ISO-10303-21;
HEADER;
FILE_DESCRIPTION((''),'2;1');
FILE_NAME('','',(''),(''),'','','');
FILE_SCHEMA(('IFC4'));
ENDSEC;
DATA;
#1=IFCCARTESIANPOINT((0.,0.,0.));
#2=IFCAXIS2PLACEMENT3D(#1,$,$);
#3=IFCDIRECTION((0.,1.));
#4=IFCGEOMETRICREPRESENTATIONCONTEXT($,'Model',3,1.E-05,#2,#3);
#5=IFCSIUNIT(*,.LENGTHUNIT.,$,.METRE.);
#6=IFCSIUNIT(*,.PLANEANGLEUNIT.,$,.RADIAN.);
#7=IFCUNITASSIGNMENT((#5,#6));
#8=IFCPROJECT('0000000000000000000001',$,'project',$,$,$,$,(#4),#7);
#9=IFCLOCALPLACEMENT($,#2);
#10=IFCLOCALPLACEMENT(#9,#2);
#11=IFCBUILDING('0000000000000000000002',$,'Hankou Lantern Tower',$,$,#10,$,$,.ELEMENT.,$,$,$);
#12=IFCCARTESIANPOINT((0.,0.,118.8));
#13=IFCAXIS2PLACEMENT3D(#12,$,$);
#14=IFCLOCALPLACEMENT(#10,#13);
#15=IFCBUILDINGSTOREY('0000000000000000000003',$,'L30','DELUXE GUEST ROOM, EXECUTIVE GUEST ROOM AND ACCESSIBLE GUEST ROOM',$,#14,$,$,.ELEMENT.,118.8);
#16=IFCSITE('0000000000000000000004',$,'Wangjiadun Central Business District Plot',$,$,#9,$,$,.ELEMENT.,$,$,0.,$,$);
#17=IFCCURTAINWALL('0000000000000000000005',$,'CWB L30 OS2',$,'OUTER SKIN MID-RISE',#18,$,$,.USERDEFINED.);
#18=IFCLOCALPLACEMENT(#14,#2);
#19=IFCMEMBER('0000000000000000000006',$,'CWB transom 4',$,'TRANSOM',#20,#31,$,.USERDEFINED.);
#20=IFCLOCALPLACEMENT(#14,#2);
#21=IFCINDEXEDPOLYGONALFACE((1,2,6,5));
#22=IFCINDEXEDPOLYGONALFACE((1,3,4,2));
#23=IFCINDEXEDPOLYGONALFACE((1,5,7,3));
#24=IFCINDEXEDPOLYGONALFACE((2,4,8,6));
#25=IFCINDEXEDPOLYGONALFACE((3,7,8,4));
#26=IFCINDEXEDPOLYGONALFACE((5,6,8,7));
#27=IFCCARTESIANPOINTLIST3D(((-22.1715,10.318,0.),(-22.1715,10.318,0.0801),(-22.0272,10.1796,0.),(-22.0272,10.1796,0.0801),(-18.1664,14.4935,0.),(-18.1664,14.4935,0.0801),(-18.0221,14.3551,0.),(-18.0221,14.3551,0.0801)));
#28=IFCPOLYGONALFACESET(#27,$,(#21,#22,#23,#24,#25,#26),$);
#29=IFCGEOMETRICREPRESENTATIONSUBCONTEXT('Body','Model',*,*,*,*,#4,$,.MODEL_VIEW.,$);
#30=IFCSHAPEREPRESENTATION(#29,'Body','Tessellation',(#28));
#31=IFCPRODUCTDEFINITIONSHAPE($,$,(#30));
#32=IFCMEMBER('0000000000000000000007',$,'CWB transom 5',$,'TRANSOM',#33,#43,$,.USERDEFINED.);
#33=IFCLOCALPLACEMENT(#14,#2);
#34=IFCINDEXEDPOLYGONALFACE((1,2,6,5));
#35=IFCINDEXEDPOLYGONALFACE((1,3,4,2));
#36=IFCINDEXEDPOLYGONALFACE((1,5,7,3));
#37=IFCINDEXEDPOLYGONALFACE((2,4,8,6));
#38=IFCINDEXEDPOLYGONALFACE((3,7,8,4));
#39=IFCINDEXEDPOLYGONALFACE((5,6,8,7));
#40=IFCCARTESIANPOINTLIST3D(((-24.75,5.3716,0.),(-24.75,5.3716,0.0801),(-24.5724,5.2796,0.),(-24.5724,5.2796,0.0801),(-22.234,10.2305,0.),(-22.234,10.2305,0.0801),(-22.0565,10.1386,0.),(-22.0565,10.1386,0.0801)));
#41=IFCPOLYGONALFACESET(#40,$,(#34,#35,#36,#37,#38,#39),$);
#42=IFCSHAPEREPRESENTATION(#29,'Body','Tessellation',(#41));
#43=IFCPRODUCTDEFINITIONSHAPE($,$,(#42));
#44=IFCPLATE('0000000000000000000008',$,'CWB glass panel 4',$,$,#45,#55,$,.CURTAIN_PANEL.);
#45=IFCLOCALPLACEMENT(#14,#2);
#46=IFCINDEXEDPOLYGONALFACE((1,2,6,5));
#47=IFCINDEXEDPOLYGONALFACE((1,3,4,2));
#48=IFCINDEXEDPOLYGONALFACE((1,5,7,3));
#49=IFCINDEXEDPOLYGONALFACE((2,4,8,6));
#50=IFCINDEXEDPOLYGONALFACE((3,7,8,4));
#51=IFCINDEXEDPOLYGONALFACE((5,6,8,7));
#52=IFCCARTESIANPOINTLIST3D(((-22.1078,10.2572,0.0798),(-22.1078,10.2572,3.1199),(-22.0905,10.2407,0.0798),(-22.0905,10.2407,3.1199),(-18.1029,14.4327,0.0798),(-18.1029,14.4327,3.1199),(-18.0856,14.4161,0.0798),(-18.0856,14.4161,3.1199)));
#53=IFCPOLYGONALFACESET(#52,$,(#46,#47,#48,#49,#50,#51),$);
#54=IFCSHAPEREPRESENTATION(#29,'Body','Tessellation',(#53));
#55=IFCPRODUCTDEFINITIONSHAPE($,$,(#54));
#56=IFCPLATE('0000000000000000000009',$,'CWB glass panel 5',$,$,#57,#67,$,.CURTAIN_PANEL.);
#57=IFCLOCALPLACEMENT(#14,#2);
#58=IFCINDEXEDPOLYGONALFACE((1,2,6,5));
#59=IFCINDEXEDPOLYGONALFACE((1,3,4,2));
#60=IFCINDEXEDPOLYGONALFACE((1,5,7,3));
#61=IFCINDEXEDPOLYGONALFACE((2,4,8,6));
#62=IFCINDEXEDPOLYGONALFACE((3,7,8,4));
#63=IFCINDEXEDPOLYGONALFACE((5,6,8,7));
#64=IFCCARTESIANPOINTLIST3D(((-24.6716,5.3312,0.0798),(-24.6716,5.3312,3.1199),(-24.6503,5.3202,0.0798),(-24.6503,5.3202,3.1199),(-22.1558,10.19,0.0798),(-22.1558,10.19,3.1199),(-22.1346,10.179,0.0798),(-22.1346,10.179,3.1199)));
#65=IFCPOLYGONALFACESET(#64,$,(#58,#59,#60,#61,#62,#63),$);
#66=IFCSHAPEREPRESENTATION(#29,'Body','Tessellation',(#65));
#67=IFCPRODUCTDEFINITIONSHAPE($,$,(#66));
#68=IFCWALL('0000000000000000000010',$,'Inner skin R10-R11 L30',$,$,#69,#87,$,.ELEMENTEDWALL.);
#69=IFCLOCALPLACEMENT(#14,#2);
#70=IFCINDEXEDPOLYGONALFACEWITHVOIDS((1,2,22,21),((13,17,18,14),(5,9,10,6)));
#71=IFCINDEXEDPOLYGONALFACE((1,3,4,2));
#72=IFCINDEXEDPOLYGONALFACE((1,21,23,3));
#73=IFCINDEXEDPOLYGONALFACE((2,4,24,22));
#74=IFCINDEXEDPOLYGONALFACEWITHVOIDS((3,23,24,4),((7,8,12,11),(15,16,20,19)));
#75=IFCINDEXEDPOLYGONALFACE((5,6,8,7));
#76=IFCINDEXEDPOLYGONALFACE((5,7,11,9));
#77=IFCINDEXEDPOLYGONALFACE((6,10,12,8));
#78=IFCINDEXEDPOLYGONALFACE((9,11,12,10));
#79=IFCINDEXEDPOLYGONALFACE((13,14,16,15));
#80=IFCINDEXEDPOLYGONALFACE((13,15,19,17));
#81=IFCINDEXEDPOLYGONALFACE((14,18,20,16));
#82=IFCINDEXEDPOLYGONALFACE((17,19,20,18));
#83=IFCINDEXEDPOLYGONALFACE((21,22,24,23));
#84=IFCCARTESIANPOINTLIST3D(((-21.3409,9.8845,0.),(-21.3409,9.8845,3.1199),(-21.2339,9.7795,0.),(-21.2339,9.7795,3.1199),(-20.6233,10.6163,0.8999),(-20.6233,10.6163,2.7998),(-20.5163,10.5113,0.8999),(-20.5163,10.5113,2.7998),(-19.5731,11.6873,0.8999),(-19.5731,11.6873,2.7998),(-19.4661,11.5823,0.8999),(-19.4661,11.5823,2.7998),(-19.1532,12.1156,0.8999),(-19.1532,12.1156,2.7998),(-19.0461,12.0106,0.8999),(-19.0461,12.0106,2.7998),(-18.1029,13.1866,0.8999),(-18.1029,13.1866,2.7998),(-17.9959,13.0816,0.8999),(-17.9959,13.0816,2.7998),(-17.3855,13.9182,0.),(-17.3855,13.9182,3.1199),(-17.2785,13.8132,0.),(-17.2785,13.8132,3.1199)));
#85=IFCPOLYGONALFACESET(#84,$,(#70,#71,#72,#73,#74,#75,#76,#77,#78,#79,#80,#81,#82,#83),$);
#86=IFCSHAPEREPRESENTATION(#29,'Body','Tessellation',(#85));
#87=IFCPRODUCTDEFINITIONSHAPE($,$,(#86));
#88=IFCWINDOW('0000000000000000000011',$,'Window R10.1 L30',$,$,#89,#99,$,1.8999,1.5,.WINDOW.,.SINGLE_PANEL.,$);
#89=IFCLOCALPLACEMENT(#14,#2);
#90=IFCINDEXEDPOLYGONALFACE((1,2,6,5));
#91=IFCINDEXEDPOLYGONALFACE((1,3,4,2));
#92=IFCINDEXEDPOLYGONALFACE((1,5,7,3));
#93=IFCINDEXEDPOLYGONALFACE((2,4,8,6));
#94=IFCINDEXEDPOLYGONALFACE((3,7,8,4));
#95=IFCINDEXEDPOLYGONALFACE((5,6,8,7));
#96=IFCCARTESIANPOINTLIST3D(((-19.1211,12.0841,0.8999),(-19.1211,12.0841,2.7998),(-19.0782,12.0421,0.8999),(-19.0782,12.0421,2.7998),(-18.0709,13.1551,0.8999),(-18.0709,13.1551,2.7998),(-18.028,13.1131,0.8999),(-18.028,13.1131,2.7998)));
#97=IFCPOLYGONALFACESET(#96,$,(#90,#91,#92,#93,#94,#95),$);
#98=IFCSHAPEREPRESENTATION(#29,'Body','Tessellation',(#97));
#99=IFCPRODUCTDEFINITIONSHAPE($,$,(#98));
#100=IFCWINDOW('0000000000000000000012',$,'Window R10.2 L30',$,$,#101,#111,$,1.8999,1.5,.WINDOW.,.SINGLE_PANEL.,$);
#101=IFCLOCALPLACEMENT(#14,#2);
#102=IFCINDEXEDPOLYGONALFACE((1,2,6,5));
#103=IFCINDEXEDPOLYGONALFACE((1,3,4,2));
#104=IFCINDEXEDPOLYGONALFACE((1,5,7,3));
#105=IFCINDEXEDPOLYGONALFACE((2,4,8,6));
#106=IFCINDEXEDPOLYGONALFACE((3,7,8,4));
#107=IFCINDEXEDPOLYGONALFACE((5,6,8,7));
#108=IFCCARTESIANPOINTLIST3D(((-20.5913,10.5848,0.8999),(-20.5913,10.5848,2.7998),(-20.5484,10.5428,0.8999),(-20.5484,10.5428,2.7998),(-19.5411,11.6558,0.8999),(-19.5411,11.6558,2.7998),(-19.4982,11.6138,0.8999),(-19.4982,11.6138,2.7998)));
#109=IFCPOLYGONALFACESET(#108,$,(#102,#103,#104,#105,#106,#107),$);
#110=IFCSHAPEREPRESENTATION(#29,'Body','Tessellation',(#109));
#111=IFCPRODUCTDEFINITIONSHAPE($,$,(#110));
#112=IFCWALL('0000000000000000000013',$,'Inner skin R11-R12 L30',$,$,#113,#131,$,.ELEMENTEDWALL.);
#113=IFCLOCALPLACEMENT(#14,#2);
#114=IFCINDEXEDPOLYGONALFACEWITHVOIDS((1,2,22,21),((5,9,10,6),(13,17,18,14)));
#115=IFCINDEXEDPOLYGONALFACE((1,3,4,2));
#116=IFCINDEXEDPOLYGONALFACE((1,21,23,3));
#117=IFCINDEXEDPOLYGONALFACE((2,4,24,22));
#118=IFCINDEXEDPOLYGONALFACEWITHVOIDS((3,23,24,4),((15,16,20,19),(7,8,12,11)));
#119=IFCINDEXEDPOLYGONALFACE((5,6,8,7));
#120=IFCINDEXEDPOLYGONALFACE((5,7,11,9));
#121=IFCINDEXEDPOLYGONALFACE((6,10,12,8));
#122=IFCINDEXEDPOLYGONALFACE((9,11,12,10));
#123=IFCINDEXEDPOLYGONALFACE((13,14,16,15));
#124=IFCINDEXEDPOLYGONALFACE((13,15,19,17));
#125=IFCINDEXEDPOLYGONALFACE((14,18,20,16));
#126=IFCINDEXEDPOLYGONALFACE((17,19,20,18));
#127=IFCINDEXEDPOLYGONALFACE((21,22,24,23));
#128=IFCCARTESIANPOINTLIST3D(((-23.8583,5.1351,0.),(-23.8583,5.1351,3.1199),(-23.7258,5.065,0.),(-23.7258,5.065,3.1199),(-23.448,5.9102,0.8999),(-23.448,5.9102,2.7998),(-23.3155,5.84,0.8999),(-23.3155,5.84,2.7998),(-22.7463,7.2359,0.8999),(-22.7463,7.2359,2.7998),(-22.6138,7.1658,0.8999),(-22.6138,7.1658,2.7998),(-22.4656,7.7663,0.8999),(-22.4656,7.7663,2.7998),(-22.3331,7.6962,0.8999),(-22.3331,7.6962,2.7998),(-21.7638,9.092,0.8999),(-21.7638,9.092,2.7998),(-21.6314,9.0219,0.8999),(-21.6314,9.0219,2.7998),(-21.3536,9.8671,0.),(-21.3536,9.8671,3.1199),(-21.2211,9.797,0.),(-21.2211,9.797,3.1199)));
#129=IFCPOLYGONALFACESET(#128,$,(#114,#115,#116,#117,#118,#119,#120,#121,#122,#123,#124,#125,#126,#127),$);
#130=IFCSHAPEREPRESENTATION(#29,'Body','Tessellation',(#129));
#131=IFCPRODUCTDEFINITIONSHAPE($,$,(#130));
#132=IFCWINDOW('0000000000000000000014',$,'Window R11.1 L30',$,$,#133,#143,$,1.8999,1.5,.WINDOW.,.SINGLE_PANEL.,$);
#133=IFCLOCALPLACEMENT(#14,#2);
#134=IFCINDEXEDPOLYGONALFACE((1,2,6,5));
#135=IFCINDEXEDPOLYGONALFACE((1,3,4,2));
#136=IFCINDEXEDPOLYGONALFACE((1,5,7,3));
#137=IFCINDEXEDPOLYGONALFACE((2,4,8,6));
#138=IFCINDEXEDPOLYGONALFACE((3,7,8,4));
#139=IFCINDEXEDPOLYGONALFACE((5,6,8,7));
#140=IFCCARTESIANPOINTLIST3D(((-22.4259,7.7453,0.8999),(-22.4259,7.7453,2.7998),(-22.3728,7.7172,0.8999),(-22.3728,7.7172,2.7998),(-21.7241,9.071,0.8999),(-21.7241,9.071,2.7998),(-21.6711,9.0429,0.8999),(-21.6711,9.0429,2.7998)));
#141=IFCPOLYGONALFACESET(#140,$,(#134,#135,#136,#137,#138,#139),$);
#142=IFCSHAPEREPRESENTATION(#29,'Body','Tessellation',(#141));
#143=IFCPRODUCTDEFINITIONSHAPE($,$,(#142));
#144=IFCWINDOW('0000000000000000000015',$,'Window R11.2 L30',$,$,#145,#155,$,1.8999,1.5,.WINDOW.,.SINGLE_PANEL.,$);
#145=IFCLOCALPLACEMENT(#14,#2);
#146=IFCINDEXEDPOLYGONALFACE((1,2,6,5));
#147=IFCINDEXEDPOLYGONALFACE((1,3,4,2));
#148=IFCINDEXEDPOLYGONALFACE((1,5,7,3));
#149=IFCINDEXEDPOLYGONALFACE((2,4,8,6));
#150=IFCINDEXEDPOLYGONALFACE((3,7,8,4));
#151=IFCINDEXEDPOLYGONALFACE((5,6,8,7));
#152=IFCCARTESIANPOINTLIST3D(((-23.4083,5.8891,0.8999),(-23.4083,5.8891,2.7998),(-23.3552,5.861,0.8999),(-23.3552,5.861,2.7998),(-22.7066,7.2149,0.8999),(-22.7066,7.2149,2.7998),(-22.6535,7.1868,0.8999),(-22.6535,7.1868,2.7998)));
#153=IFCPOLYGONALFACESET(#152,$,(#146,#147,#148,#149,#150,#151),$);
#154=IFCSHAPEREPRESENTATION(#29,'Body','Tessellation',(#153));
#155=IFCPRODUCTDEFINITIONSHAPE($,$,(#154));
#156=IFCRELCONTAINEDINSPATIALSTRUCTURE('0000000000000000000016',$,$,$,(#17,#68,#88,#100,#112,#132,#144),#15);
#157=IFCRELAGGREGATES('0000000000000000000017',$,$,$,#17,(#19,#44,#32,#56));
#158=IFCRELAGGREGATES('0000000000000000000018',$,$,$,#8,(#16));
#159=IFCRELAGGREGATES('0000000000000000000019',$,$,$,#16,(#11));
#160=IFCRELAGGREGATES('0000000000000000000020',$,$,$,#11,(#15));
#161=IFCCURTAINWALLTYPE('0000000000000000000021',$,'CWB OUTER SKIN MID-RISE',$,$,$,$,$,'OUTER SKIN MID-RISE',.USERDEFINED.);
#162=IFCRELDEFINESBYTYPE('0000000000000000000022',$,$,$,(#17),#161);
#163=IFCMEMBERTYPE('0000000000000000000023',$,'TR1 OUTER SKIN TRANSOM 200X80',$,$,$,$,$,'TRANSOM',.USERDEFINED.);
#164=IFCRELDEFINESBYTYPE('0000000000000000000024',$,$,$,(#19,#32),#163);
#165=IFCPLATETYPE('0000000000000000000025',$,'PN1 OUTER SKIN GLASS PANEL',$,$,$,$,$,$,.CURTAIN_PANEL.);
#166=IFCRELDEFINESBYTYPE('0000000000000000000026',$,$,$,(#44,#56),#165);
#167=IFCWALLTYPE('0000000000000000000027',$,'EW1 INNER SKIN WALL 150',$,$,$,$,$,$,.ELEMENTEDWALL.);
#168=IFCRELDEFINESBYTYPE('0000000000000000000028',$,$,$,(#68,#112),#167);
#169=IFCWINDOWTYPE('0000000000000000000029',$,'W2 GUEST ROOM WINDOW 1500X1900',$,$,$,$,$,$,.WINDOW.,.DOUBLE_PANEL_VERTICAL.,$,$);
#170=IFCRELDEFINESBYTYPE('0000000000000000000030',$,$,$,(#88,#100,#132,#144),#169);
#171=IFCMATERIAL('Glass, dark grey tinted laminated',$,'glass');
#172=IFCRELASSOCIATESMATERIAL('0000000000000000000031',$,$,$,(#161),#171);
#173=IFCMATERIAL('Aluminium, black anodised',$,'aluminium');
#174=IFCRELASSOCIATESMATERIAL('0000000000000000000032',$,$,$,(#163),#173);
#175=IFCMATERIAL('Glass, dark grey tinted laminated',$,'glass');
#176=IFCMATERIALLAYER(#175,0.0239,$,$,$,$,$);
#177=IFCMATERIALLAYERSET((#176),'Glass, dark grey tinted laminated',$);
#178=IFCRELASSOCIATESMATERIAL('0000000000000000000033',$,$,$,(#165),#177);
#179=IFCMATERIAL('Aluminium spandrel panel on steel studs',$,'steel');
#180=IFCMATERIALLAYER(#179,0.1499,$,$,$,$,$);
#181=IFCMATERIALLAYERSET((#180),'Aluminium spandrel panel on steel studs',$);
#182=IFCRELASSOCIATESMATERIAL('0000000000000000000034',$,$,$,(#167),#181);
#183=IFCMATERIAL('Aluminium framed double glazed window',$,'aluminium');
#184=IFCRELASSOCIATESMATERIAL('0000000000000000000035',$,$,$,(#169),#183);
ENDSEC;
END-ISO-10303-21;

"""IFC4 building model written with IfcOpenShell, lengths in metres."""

from ifc_helpers import new_model, si_unit, direction, frame, frame_2d, origin, origin_2d, place, context, subcontext, project, spatial, rectangle, extrude, material, layer, layer_set, material_profile, profile_set, type_object, element, fill, aggregate, save


model = new_model("IFC4")

# Units and contexts
model_context = context("Model", 3, precision=1e-05, world=origin(), true_north=direction((0.0, 1.0)))
body_context = subcontext(model_context, "Body", "Model", "MODEL_VIEW")
ifc_project = project(units=[si_unit("LENGTHUNIT", "METRE"), si_unit("PLANEANGLEUNIT", "RADIAN")], contexts=[model_context])

# Site, building, storey
site_placement = place(None, origin())
site = spatial("IfcSite", under=ifc_project, at=site_placement, Name="Wangjiadun Central Business District Plot", CompositionType="ELEMENT", RefElevation=0.0)
building_placement = place(site_placement, origin())
building = spatial("IfcBuilding", under=site, at=building_placement, Name="Hankou Lantern Tower", CompositionType="ELEMENT")
storey_placement = place(building_placement, frame((0.0, 0.0, 118.8)))
storey = spatial("IfcBuildingStorey", under=building, at=storey_placement, Name="L30", Description="DELUXE GUEST ROOM, EXECUTIVE GUEST ROOM AND ACCESSIBLE GUEST ROOM", CompositionType="ELEMENT", Elevation=118.8)

# Curtain wall
ifc_material_1 = material(Name="Glass, dark grey tinted laminated", Category="glass")
curtain_wall_type = type_object("IfcCurtainWallType", Name="CWB OUTER SKIN MID-RISE", ElementType="OUTER SKIN MID-RISE", PredefinedType="USERDEFINED", material=ifc_material_1)
curtain_wall_placement = place(storey_placement, origin())
curtain_wall = element("IfcCurtainWall", 1, at=curtain_wall_placement, inside=storey, type_object=curtain_wall_type, Name="CWB L30 OS2", ObjectType="OUTER SKIN MID-RISE", PredefinedType="USERDEFINED")

# Members
ifc_material_2 = material(Name="Aluminium, black anodised", Category="aluminium")
ifc_material_profile_1 = material_profile(ifc_material_2, rectangle(XDim=0.2, YDim=0.0801, at=origin_2d()), Name="TR1 200X80")
ifc_profile_set_1 = profile_set([ifc_material_profile_1], Name="Aluminium, black anodised")
member_type_1 = type_object("IfcMemberType", Name="TR1 OUTER SKIN TRANSOM 200X80", ElementType="TRANSOM", PredefinedType="USERDEFINED", material=ifc_profile_set_1)
member_1_placement = place(storey_placement, frame((-18.0942, 14.4243, 0.04), z_axis=(-0.692227, -0.72168, 0.0), x_axis=(0.72168, -0.692227, 0.0)))
member_1 = element("IfcMember", 2, at=member_1_placement, type_object=member_type_1, Name="CWB transom 4", ObjectType="TRANSOM", PredefinedType="USERDEFINED", context=body_context, shape_type="SweptSolid", body=[
    extrude(rectangle(XDim=0.2, YDim=0.0801, at=origin_2d()), origin(), (0.0, 0.0, 1.0), 5.7859),
])
member_2_placement = place(storey_placement, frame((-22.1453, 10.1846, 0.04), z_axis=(-0.459805, -0.88802, 0.0), x_axis=(0.88802, -0.459805, 0.0)))
member_2 = element("IfcMember", 3, at=member_2_placement, type_object=member_type_1, Name="CWB transom 5", ObjectType="TRANSOM", PredefinedType="USERDEFINED", context=body_context, shape_type="SweptSolid", body=[
    extrude(rectangle(XDim=0.2, YDim=0.0801, at=origin_2d()), origin(), (0.0, 0.0, 1.0), 5.4717),
])

# Plates
ifc_material_3 = material(Name="Glass, dark grey tinted laminated", Category="glass")
ifc_layer_1 = layer(ifc_material_3, 0.0239)
ifc_layer_set_1 = layer_set([ifc_layer_1], Name="Glass, dark grey tinted laminated")
plate_type = type_object("IfcPlateType", Name="PN1 OUTER SKIN GLASS PANEL", PredefinedType="CURTAIN_PANEL", material=ifc_layer_set_1)
plate_1_placement = place(storey_placement, frame((-20.0967, 12.3367, 0.0798), z_axis=(0.0, 0.0, 1.0), x_axis=(-0.692216, -0.721691, 0.0)))
plate_1 = element("IfcPlate", 4, at=plate_1_placement, type_object=plate_type, Name="CWB glass panel 4", PredefinedType="CURTAIN_PANEL", context=body_context, shape_type="SweptSolid", body=[
    extrude(rectangle(XDim=5.7856, YDim=0.0239, at=origin_2d()), origin(), (0.0, 0.0, 1.0), 3.04),
])
plate_2_placement = place(storey_placement, frame((-23.4031, 7.7551, 0.0798), z_axis=(0.0, 0.0, 1.0), x_axis=(-0.459791, -0.888027, 0.0)))
plate_2 = element("IfcPlate", 5, at=plate_2_placement, type_object=plate_type, Name="CWB glass panel 5", PredefinedType="CURTAIN_PANEL", context=body_context, shape_type="SweptSolid", body=[
    extrude(rectangle(XDim=5.4714, YDim=0.0239, at=origin_2d()), origin(), (0.0, 0.0, 1.0), 3.04),
])
aggregate(curtain_wall, [member_1, plate_1, member_2, plate_2])

# Walls, openings, windows
ifc_material_4 = material(Name="Aluminium spandrel panel on steel studs", Category="steel")
ifc_layer_2 = layer(ifc_material_4, 0.1499)
ifc_layer_set_2 = layer_set([ifc_layer_2], Name="Aluminium spandrel panel on steel studs")
wall_type = type_object("IfcWallType", Name="EW1 INNER SKIN WALL 150", PredefinedType="ELEMENTEDWALL", material=ifc_layer_set_2)
wall_1_placement = place(storey_placement, frame((-17.332, 13.8657, 0.0), z_axis=(0.0, 0.0, 1.0), x_axis=(-0.700137, -0.714009, 0.0)))
wall_1 = element("IfcWall", 6, at=wall_1_placement, inside=storey, type_object=wall_type, Name="Inner skin R10-R11 L30", PredefinedType="ELEMENTEDWALL", context=body_context, shape_type="SweptSolid", body=[
    extrude(rectangle(XDim=5.6494, YDim=0.1499, at=frame_2d((2.8247, 0.0))), origin(), (0.0, 0.0, 1.0), 3.1199),
])
opening_1_placement = place(wall_1_placement, frame((1.0247, 0.0, 0.8999)))
opening_1 = element("IfcOpeningElement", 7, at=opening_1_placement, cuts=wall_1, PredefinedType="OPENING", context=body_context, shape_type="SweptSolid", body=[
    extrude(rectangle(XDim=1.5, YDim=1.8999, at=frame_2d((0.75, 0.95))), frame((0.0, 0.085, 0.0), z_axis=(0.0, -1.0, 0.0), x_axis=(1.0, 0.0, 0.0)), (0.0, 0.0, 1.0), 0.1699),
])
opening_2_placement = place(wall_1_placement, frame((3.1245, 0.0, 0.8999)))
opening_2 = element("IfcOpeningElement", 8, at=opening_2_placement, cuts=wall_1, PredefinedType="OPENING", context=body_context, shape_type="SweptSolid", body=[
    extrude(rectangle(XDim=1.5, YDim=1.8999, at=frame_2d((0.75, 0.95))), frame((0.0, 0.085, 0.0), z_axis=(0.0, -1.0, 0.0), x_axis=(1.0, 0.0, 0.0)), (0.0, 0.0, 1.0), 0.1699),
])
ifc_material_5 = material(Name="Aluminium framed double glazed window", Category="aluminium")
window_type = type_object("IfcWindowType", Name="W2 GUEST ROOM WINDOW 1500X1900", PartitioningType="DOUBLE_PANEL_VERTICAL", PredefinedType="WINDOW", material=ifc_material_5)
window_1_placement = place(opening_1_placement, origin())
window_1 = element("IfcWindow", 9, at=window_1_placement, inside=storey, type_object=window_type, Name="Window R10.1 L30", OverallHeight=1.8999, OverallWidth=1.5, PartitioningType="SINGLE_PANEL", PredefinedType="WINDOW", context=body_context, shape_type="SweptSolid", body=[
    extrude(rectangle(XDim=1.5, YDim=1.8999, at=frame_2d((0.75, 0.95))), frame((0.0, 0.03, 0.0), z_axis=(0.0, -1.0, 0.0), x_axis=(1.0, 0.0, 0.0)), (0.0, 0.0, 1.0), 0.0601),
])
fill(opening_1, window_1)
window_2_placement = place(opening_2_placement, origin())
window_2 = element("IfcWindow", 10, at=window_2_placement, inside=storey, type_object=window_type, Name="Window R10.2 L30", OverallHeight=1.8999, OverallWidth=1.5, PartitioningType="SINGLE_PANEL", PredefinedType="WINDOW", context=body_context, shape_type="SweptSolid", body=[
    extrude(rectangle(XDim=1.5, YDim=1.8999, at=frame_2d((0.75, 0.95))), frame((0.0, 0.03, 0.0), z_axis=(0.0, -1.0, 0.0), x_axis=(1.0, 0.0, 0.0)), (0.0, 0.0, 1.0), 0.0601),
])
fill(opening_2, window_2)
wall_2_placement = place(storey_placement, frame((-21.2874, 9.832, 0.0), z_axis=(0.0, 0.0, 1.0), x_axis=(-0.467814, -0.883827, 0.0)))
wall_2 = element("IfcWall", 11, at=wall_2_placement, inside=storey, type_object=wall_type, Name="Inner skin R11-R12 L30", PredefinedType="ELEMENTEDWALL", context=body_context, shape_type="SweptSolid", body=[
    extrude(rectangle(XDim=5.354, YDim=0.1499, at=frame_2d((2.677, 0.0))), origin(), (0.0, 0.0, 1.0), 3.1199),
])
opening_3_placement = place(wall_2_placement, frame((0.877, 0.0, 0.8999)))
opening_3 = element("IfcOpeningElement", 12, at=opening_3_placement, cuts=wall_2, PredefinedType="OPENING", context=body_context, shape_type="SweptSolid", body=[
    extrude(rectangle(XDim=1.5, YDim=1.8999, at=frame_2d((0.75, 0.95))), frame((0.0, 0.085, 0.0), z_axis=(0.0, -1.0, 0.0), x_axis=(1.0, 0.0, 0.0)), (0.0, 0.0, 1.0), 0.1699),
])
opening_4_placement = place(wall_2_placement, frame((2.9771, 0.0, 0.8999)))
opening_4 = element("IfcOpeningElement", 13, at=opening_4_placement, cuts=wall_2, PredefinedType="OPENING", context=body_context, shape_type="SweptSolid", body=[
    extrude(rectangle(XDim=1.5, YDim=1.8999, at=frame_2d((0.75, 0.95))), frame((0.0, 0.085, 0.0), z_axis=(0.0, -1.0, 0.0), x_axis=(1.0, 0.0, 0.0)), (0.0, 0.0, 1.0), 0.1699),
])
window_3_placement = place(opening_3_placement, origin())
window_3 = element("IfcWindow", 14, at=window_3_placement, inside=storey, type_object=window_type, Name="Window R11.1 L30", OverallHeight=1.8999, OverallWidth=1.5, PartitioningType="SINGLE_PANEL", PredefinedType="WINDOW", context=body_context, shape_type="SweptSolid", body=[
    extrude(rectangle(XDim=1.5, YDim=1.8999, at=frame_2d((0.75, 0.95))), frame((0.0, 0.03, 0.0), z_axis=(0.0, -1.0, 0.0), x_axis=(1.0, 0.0, 0.0)), (0.0, 0.0, 1.0), 0.0601),
])
fill(opening_3, window_3)
window_4_placement = place(opening_4_placement, origin())
window_4 = element("IfcWindow", 15, at=window_4_placement, inside=storey, type_object=window_type, Name="Window R11.2 L30", OverallHeight=1.8999, OverallWidth=1.5, PartitioningType="SINGLE_PANEL", PredefinedType="WINDOW", context=body_context, shape_type="SweptSolid", body=[
    extrude(rectangle(XDim=1.5, YDim=1.8999, at=frame_2d((0.75, 0.95))), frame((0.0, 0.03, 0.0), z_axis=(0.0, -1.0, 0.0), x_axis=(1.0, 0.0, 0.0)), (0.0, 0.0, 1.0), 0.0601),
])
fill(opening_4, window_4)

save(model, "model.ifc")
